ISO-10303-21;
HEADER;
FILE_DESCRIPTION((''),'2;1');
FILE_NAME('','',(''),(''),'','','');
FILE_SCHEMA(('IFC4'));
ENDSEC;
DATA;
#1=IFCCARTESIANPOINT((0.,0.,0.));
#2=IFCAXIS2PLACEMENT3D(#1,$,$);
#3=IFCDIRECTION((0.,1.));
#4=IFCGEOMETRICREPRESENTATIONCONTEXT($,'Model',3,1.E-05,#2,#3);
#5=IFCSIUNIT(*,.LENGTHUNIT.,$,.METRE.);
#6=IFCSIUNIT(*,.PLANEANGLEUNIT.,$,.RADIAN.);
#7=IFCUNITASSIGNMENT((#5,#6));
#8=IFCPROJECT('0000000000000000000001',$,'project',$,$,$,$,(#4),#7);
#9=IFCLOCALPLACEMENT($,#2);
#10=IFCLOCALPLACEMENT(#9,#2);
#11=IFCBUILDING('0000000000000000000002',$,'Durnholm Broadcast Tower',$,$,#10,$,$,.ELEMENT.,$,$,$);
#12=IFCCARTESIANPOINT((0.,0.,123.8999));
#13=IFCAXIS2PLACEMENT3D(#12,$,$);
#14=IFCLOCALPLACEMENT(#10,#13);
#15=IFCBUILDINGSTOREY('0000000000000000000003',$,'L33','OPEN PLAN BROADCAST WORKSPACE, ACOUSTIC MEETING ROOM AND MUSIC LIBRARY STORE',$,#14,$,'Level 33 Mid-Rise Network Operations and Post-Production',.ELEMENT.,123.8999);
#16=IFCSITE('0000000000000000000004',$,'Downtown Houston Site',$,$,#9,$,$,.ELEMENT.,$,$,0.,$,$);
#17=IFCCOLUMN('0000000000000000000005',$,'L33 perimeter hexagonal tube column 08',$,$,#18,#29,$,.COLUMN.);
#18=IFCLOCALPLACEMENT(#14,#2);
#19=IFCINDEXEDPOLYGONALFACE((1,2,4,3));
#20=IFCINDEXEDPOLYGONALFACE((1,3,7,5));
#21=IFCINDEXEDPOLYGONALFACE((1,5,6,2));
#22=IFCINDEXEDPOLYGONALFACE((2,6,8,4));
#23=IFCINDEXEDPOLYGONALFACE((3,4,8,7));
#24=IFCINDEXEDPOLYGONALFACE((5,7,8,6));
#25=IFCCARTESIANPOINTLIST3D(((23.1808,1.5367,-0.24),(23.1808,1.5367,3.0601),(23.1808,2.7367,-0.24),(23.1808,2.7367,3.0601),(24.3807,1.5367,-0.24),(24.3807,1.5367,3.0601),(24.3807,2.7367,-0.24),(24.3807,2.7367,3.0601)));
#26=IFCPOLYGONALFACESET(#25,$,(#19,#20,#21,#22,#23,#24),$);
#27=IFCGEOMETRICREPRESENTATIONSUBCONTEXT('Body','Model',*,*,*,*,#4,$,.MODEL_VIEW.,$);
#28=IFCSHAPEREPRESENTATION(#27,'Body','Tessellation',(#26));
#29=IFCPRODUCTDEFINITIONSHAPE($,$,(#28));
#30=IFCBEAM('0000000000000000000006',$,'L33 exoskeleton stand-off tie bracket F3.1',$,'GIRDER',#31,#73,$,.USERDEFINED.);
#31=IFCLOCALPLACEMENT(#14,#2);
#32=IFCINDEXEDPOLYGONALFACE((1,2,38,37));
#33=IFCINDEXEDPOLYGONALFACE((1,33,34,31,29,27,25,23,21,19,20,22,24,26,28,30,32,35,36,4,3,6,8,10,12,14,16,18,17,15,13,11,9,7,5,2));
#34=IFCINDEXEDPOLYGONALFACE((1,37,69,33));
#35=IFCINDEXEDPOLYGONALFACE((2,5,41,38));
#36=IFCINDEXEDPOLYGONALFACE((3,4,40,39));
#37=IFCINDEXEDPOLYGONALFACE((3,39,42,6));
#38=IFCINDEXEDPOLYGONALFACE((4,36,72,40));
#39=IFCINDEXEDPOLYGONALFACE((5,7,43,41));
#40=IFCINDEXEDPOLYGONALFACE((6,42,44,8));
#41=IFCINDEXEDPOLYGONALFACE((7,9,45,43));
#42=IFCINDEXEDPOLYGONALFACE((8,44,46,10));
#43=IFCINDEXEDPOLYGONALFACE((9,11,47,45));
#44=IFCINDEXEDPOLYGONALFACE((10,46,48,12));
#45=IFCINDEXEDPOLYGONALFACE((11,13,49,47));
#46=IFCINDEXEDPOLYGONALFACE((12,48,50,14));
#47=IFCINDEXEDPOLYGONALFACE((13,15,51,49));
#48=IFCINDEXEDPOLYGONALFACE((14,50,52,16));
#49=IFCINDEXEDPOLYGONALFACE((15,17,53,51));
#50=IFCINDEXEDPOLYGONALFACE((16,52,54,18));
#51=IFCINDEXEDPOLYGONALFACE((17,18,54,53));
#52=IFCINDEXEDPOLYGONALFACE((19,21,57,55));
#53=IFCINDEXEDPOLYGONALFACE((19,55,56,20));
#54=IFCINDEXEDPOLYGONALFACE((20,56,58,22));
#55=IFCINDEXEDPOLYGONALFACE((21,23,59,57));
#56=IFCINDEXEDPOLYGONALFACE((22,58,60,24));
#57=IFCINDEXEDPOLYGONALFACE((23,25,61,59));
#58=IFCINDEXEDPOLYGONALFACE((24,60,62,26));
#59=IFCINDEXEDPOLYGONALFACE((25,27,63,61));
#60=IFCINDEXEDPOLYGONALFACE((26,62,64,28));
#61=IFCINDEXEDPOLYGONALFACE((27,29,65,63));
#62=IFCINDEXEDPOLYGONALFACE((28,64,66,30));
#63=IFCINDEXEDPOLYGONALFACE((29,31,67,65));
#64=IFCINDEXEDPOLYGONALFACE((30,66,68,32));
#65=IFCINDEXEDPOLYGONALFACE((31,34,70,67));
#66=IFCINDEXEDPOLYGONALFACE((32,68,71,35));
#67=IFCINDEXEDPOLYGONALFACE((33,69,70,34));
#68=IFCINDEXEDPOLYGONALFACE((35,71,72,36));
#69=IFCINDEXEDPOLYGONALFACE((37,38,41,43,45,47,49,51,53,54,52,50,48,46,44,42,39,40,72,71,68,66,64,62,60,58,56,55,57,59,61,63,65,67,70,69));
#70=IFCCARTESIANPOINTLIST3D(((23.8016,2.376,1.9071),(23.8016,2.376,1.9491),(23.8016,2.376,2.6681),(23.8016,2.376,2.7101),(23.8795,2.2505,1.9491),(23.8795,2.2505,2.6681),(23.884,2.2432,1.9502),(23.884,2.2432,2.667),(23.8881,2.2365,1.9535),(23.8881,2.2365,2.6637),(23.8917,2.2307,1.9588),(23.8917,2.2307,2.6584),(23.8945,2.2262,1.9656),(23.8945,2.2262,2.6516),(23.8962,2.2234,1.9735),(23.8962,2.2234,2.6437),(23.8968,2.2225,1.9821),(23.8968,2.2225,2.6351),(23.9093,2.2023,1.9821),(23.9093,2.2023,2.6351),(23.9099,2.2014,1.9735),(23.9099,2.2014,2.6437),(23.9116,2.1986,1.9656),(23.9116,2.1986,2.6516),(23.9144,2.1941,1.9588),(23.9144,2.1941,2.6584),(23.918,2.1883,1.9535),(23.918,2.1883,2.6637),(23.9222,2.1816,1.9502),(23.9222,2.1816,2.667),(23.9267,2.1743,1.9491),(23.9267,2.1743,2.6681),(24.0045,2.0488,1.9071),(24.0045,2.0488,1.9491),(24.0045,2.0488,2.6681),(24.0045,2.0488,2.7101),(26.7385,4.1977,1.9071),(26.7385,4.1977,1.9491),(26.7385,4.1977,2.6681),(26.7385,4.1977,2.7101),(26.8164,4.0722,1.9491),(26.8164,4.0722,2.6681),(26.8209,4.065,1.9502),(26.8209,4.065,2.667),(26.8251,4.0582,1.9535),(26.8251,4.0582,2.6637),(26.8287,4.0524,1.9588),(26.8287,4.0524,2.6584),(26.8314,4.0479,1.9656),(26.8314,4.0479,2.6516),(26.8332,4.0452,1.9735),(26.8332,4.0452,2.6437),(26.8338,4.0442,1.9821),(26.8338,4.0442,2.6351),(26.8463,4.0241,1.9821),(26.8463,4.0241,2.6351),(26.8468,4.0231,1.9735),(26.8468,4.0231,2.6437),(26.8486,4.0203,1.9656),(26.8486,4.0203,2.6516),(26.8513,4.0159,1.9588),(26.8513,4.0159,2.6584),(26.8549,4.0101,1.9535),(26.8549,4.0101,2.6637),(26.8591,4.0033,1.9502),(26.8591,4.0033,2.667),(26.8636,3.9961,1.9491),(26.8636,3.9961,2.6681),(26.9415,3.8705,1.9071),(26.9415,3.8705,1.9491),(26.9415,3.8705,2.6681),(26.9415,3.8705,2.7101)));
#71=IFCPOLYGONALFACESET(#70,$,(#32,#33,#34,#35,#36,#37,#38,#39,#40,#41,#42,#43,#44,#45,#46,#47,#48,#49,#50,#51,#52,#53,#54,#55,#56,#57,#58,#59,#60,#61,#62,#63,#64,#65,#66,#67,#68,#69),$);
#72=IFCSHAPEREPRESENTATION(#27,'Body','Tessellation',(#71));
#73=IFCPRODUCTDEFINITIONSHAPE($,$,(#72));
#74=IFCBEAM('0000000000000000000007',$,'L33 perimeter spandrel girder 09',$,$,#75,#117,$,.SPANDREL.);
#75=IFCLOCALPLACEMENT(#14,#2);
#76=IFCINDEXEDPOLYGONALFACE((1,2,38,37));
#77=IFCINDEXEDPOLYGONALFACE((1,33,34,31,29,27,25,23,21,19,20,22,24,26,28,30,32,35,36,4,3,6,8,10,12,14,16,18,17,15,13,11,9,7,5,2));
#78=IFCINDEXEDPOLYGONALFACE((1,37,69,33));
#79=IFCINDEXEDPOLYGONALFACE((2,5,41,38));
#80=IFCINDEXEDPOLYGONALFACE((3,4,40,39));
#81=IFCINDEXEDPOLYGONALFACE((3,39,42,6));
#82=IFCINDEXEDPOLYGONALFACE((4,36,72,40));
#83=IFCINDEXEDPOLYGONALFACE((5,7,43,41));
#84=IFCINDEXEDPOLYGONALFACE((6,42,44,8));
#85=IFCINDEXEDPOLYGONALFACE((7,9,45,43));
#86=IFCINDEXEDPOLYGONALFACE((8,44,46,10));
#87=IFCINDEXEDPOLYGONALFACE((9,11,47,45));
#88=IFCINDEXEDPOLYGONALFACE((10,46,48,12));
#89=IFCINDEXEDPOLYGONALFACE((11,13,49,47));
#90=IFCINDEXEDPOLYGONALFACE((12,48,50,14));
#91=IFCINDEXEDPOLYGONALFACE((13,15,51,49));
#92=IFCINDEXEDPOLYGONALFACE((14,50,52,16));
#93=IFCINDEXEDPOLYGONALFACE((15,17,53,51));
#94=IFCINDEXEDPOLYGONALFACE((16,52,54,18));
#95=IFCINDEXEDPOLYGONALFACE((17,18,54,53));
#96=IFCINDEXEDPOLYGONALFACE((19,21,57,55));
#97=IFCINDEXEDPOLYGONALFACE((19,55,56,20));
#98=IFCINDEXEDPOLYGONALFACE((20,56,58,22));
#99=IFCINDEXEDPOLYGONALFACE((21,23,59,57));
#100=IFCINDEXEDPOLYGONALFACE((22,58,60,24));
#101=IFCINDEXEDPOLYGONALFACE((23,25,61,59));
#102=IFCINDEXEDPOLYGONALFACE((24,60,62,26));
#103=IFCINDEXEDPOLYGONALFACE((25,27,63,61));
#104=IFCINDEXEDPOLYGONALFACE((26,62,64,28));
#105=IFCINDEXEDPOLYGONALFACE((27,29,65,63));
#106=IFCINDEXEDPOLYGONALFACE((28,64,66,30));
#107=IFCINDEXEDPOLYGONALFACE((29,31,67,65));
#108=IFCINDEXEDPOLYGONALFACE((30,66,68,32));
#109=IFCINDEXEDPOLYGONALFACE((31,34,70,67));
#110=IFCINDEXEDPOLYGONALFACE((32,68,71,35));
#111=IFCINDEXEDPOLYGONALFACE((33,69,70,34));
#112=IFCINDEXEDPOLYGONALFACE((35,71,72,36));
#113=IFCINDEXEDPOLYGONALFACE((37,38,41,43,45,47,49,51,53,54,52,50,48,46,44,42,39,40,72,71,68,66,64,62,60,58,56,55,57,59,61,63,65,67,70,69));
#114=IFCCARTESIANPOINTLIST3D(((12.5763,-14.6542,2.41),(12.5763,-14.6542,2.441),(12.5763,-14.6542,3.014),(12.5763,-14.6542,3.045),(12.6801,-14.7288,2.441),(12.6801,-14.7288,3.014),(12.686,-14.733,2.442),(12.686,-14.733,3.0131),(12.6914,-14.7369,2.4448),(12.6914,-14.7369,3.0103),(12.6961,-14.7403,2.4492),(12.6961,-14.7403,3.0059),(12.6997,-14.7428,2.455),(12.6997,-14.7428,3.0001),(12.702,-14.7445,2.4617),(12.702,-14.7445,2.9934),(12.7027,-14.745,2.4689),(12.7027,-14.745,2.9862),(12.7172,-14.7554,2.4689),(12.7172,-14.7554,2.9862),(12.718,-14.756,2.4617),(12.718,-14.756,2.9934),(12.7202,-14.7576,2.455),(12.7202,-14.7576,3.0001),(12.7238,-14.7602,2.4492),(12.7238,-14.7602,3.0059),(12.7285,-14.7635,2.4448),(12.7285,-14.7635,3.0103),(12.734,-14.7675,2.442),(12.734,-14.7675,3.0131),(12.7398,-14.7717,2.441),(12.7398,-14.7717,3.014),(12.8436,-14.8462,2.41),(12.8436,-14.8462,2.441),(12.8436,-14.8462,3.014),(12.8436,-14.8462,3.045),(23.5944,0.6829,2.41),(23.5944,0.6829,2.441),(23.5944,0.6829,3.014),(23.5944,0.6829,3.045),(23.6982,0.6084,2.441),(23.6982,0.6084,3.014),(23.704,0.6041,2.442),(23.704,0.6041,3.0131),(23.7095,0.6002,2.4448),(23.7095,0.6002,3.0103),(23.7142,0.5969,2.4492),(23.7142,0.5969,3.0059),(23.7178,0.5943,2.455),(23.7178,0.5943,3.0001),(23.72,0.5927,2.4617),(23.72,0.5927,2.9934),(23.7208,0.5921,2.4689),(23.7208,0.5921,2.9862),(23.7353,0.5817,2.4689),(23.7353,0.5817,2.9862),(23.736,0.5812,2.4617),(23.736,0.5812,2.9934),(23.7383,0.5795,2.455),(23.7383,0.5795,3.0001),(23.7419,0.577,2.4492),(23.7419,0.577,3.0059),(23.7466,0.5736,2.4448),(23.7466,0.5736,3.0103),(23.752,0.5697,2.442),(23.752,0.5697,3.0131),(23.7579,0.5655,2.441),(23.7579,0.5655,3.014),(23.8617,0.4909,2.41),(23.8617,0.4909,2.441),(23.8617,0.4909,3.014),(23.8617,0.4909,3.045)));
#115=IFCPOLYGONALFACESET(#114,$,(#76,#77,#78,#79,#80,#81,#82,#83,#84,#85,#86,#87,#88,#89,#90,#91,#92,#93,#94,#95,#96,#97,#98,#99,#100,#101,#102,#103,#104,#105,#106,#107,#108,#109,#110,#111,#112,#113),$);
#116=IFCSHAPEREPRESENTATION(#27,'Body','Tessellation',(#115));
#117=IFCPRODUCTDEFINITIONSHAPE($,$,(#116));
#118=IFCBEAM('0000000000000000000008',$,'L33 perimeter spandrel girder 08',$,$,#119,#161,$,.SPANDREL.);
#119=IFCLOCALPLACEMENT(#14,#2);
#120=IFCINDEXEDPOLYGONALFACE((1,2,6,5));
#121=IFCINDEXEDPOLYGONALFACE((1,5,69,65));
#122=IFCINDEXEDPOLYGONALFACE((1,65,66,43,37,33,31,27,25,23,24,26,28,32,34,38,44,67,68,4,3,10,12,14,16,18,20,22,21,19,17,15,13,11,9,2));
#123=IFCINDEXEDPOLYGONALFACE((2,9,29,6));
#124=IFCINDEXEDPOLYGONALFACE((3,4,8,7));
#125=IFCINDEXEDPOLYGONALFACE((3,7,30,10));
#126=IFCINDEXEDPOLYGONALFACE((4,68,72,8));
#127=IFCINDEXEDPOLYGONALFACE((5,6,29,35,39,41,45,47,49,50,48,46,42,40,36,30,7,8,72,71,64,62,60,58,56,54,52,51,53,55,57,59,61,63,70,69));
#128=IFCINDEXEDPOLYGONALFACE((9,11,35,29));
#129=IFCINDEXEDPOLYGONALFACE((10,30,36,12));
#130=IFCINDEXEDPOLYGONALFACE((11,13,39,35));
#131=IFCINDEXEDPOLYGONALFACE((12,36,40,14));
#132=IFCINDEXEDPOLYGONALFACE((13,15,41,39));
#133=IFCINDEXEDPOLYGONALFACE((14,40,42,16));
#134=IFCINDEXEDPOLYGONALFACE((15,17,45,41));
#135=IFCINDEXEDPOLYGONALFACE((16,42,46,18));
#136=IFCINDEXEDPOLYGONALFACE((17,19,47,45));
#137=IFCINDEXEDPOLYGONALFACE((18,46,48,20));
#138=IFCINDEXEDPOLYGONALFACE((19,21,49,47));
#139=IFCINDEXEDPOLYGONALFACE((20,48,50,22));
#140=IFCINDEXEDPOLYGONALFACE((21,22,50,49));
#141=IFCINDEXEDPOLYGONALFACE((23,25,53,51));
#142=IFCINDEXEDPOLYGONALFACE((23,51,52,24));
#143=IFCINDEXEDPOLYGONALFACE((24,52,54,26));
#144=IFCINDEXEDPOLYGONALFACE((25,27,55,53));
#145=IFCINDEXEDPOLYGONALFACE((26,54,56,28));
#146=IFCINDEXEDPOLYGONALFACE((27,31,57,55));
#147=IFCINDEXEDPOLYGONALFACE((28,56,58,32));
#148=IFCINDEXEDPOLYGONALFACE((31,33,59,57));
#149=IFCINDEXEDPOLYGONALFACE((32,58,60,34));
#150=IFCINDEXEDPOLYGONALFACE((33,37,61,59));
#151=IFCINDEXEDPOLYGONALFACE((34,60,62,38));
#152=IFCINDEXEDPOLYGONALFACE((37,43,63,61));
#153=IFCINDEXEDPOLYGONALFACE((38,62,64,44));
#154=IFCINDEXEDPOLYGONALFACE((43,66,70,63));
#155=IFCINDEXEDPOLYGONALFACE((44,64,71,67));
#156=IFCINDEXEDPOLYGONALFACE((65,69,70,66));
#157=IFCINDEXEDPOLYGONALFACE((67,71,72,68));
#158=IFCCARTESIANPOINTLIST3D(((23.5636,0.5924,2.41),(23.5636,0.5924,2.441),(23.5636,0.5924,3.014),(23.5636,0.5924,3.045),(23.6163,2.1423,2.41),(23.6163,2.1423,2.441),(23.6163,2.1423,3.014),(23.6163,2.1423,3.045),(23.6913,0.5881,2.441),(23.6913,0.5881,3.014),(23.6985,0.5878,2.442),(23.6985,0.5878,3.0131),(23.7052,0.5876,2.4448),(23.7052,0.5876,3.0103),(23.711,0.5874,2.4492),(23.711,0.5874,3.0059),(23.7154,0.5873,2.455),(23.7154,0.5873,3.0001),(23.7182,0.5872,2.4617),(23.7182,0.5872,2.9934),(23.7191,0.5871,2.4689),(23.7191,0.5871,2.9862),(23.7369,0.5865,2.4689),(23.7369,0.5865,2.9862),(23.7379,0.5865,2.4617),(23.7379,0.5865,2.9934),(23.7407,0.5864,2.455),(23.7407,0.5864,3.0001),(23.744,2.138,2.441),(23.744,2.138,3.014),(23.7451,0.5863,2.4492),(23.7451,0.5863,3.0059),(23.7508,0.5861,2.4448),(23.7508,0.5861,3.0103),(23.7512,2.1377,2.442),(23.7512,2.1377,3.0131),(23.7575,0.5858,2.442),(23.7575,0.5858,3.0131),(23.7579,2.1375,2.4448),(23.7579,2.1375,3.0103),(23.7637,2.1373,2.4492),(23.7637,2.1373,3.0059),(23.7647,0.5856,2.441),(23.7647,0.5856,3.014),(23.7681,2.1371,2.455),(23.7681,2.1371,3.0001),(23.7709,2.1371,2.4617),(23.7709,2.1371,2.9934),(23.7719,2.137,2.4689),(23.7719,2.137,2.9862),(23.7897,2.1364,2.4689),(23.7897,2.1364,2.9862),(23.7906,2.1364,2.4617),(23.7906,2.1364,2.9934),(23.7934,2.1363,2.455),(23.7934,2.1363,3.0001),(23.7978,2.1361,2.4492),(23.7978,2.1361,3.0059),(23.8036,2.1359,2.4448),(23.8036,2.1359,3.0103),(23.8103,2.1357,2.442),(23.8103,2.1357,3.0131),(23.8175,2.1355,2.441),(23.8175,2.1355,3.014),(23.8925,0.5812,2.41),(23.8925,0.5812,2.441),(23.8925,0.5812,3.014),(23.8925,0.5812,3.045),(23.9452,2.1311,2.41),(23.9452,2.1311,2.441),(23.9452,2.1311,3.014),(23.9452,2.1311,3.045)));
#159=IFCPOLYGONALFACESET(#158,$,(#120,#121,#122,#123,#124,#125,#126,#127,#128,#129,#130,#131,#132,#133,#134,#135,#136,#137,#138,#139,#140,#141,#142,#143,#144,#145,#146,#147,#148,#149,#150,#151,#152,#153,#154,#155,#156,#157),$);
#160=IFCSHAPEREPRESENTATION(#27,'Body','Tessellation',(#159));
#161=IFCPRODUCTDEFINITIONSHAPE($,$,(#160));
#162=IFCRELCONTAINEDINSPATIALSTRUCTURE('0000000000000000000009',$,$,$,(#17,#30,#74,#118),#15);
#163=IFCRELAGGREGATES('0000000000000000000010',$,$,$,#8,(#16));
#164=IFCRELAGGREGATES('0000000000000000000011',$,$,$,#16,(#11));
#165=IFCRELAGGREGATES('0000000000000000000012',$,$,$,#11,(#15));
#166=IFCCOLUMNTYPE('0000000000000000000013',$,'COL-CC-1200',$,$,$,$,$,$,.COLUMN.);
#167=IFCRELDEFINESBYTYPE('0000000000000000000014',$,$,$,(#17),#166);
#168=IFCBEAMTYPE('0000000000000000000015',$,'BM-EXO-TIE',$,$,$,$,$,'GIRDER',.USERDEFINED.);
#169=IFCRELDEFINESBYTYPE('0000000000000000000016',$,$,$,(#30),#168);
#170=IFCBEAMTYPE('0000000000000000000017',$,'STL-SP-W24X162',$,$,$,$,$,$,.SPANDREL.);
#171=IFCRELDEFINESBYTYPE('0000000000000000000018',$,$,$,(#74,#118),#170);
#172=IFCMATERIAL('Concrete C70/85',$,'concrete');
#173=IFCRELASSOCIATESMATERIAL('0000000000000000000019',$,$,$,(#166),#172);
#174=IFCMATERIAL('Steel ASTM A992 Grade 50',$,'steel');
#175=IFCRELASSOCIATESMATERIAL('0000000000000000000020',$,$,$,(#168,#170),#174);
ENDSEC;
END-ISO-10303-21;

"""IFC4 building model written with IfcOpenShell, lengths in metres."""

from ifc_helpers import new_model, si_unit, direction, frame, origin, origin_2d, place, context, subcontext, project, spatial, rectangle, i_section, extrude, source, transform, mapped, material, material_profile, profile_set, type_object, type_shapes, element, save


model = new_model("IFC4")

# Units and contexts
model_context = context("Model", 3, precision=1e-05, world=origin(), true_north=direction((0.0, 1.0)))
body_context = subcontext(model_context, "Body", "Model", "MODEL_VIEW")
ifc_project = project(units=[si_unit("LENGTHUNIT", "METRE"), si_unit("PLANEANGLEUNIT", "RADIAN")], contexts=[model_context])

# Site, building, storey
site_placement = place(None, origin())
site = spatial("IfcSite", under=ifc_project, at=site_placement, Name="Downtown Houston Site", CompositionType="ELEMENT", RefElevation=0.0)
building_placement = place(site_placement, origin())
building = spatial("IfcBuilding", under=site, at=building_placement, Name="Durnholm Broadcast Tower", CompositionType="ELEMENT")
storey_placement = place(building_placement, frame((0.0, 0.0, 123.8999)))
storey = spatial("IfcBuildingStorey", under=building, at=storey_placement, Name="L33", Description="OPEN PLAN BROADCAST WORKSPACE, ACOUSTIC MEETING ROOM AND MUSIC LIBRARY STORE", LongName="Level 33 Mid-Rise Network Operations and Post-Production", CompositionType="ELEMENT", Elevation=123.8999)

# Column
ifc_material_1 = material(Name="Concrete C70/85", Category="concrete")
ifc_material_profile_1 = material_profile(ifc_material_1, rectangle(XDim=1.2, YDim=1.2, at=origin_2d()), Name="RC1200X1200")
ifc_profile_set_1 = profile_set([ifc_material_profile_1], Name="Concrete C70/85")
column_type = type_object("IfcColumnType", Name="COL-CC-1200", PredefinedType="COLUMN", material=ifc_profile_set_1)
shared_shape_1 = source(origin(), body_context, "Body", "SweptSolid", [
    extrude(rectangle(XDim=1.2, YDim=1.2, at=origin_2d()), origin(), (0.0, 0.0, 1.0), 3.3),
])
type_shapes(column_type, [shared_shape_1])
column_placement = place(storey_placement, frame((23.7808, 2.1367, -0.24), z_axis=(0.0, 0.0, 1.0), x_axis=(1.0, 0.0, 0.0)))
element("IfcColumn", 1, at=column_placement, inside=storey, type_object=column_type, Name="L33 perimeter hexagonal tube column 08", PredefinedType="COLUMN", context=body_context, shape_type="MappedRepresentation", body=[
    mapped(shared_shape_1, transform((0.0, 0.0, 0.0), x_axis=(1.0, 0.0, 0.0), y_axis=(0.0, 1.0, 0.0), z_axis=(0.0, 0.0, 1.0), scale=1.0)),
])

# Beams
ifc_material_2 = material(Name="Steel ASTM A992 Grade 50", Category="steel")
ifc_material_profile_2 = material_profile(ifc_material_2, i_section(OverallWidth=0.385, OverallDepth=0.803, WebThickness=0.0237, FlangeThickness=0.042, FilletRadius=0.033, at=origin_2d()), Name="W30X261")
ifc_profile_set_2 = profile_set([ifc_material_profile_2], Name="Steel ASTM A992 Grade 50")
beam_type_1 = type_object("IfcBeamType", Name="BM-EXO-TIE", ElementType="GIRDER", PredefinedType="USERDEFINED", material=ifc_profile_set_2)
shared_shape_2 = source(origin(), body_context, "Body", "SweptSolid", [
    extrude(i_section(OverallWidth=0.385, OverallDepth=0.803, WebThickness=0.0237, FlangeThickness=0.042, FilletRadius=0.033, at=origin_2d()), origin(), (0.0, 0.0, 1.0), 3.4561),
])
beam_1_placement = place(storey_placement, frame((23.9031, 2.2124, 2.3086), z_axis=(0.849795, 0.527113, 0.0), x_axis=(-0.527113, 0.849795, 0.0)))
element("IfcBeam", 2, at=beam_1_placement, inside=storey, type_object=beam_type_1, Name="L33 exoskeleton stand-off tie bracket F3.1", ObjectType="GIRDER", PredefinedType="USERDEFINED", context=body_context, shape_type="MappedRepresentation", body=[
    mapped(shared_shape_2, transform((0.0, 0.0, 0.0), x_axis=(1.0, 0.0, 0.0), y_axis=(0.0, 1.0, 0.0), z_axis=(0.0, 0.0, 1.0), scale=1.0)),
])
ifc_material_profile_3 = material_profile(ifc_material_2, i_section(OverallWidth=0.3291, OverallDepth=0.635, WebThickness=0.0178, FlangeThickness=0.031, FilletRadius=0.0278, at=origin_2d()), Name="W24X162")
ifc_profile_set_3 = profile_set([ifc_material_profile_3], Name="Steel ASTM A992 Grade 50")
beam_type_2 = type_object("IfcBeamType", Name="STL-SP-W24X162", PredefinedType="SPANDREL", material=ifc_profile_set_3)
shared_shape_3 = source(origin(), body_context, "Body", "SweptSolid", [
    extrude(i_section(OverallWidth=0.3291, OverallDepth=0.635, WebThickness=0.0178, FlangeThickness=0.031, FilletRadius=0.0278, at=origin_2d()), origin(), (0.0, 0.0, 1.0), 18.8845),
])
beam_2_placement = place(storey_placement, frame((23.728, 0.5869, 2.7275), z_axis=(-0.583443, -0.812154, 0.0), x_axis=(0.812154, -0.583443, 0.0)))
element("IfcBeam", 3, at=beam_2_placement, inside=storey, type_object=beam_type_2, Name="L33 perimeter spandrel girder 09", PredefinedType="SPANDREL", context=body_context, shape_type="MappedRepresentation", body=[
    mapped(shared_shape_3, transform((0.0, 0.0, 0.0), x_axis=(1.0, 0.0, 0.0), y_axis=(0.0, 1.0, 0.0), z_axis=(0.0, 0.0, 1.0), scale=1.0)),
])
shared_shape_4 = source(origin(), body_context, "Body", "SweptSolid", [
    extrude(i_section(OverallWidth=0.3291, OverallDepth=0.635, WebThickness=0.0178, FlangeThickness=0.031, FilletRadius=0.0278, at=origin_2d()), origin(), (0.0, 0.0, 1.0), 1.5508),
])
type_shapes(beam_type_2, [shared_shape_3, shared_shape_4])
beam_3_placement = place(storey_placement, frame((23.7808, 2.1367, 2.7275), z_axis=(-0.034007, -0.999422, 0.0), x_axis=(0.999422, -0.034007, 0.0)))
element("IfcBeam", 4, at=beam_3_placement, inside=storey, type_object=beam_type_2, Name="L33 perimeter spandrel girder 08", PredefinedType="SPANDREL", context=body_context, shape_type="MappedRepresentation", body=[
    mapped(shared_shape_4, transform((0.0, 0.0, 0.0), x_axis=(1.0, 0.0, 0.0), y_axis=(0.0, 1.0, 0.0), z_axis=(0.0, 0.0, 1.0), scale=1.0)),
])

save(model, "model.ifc")
